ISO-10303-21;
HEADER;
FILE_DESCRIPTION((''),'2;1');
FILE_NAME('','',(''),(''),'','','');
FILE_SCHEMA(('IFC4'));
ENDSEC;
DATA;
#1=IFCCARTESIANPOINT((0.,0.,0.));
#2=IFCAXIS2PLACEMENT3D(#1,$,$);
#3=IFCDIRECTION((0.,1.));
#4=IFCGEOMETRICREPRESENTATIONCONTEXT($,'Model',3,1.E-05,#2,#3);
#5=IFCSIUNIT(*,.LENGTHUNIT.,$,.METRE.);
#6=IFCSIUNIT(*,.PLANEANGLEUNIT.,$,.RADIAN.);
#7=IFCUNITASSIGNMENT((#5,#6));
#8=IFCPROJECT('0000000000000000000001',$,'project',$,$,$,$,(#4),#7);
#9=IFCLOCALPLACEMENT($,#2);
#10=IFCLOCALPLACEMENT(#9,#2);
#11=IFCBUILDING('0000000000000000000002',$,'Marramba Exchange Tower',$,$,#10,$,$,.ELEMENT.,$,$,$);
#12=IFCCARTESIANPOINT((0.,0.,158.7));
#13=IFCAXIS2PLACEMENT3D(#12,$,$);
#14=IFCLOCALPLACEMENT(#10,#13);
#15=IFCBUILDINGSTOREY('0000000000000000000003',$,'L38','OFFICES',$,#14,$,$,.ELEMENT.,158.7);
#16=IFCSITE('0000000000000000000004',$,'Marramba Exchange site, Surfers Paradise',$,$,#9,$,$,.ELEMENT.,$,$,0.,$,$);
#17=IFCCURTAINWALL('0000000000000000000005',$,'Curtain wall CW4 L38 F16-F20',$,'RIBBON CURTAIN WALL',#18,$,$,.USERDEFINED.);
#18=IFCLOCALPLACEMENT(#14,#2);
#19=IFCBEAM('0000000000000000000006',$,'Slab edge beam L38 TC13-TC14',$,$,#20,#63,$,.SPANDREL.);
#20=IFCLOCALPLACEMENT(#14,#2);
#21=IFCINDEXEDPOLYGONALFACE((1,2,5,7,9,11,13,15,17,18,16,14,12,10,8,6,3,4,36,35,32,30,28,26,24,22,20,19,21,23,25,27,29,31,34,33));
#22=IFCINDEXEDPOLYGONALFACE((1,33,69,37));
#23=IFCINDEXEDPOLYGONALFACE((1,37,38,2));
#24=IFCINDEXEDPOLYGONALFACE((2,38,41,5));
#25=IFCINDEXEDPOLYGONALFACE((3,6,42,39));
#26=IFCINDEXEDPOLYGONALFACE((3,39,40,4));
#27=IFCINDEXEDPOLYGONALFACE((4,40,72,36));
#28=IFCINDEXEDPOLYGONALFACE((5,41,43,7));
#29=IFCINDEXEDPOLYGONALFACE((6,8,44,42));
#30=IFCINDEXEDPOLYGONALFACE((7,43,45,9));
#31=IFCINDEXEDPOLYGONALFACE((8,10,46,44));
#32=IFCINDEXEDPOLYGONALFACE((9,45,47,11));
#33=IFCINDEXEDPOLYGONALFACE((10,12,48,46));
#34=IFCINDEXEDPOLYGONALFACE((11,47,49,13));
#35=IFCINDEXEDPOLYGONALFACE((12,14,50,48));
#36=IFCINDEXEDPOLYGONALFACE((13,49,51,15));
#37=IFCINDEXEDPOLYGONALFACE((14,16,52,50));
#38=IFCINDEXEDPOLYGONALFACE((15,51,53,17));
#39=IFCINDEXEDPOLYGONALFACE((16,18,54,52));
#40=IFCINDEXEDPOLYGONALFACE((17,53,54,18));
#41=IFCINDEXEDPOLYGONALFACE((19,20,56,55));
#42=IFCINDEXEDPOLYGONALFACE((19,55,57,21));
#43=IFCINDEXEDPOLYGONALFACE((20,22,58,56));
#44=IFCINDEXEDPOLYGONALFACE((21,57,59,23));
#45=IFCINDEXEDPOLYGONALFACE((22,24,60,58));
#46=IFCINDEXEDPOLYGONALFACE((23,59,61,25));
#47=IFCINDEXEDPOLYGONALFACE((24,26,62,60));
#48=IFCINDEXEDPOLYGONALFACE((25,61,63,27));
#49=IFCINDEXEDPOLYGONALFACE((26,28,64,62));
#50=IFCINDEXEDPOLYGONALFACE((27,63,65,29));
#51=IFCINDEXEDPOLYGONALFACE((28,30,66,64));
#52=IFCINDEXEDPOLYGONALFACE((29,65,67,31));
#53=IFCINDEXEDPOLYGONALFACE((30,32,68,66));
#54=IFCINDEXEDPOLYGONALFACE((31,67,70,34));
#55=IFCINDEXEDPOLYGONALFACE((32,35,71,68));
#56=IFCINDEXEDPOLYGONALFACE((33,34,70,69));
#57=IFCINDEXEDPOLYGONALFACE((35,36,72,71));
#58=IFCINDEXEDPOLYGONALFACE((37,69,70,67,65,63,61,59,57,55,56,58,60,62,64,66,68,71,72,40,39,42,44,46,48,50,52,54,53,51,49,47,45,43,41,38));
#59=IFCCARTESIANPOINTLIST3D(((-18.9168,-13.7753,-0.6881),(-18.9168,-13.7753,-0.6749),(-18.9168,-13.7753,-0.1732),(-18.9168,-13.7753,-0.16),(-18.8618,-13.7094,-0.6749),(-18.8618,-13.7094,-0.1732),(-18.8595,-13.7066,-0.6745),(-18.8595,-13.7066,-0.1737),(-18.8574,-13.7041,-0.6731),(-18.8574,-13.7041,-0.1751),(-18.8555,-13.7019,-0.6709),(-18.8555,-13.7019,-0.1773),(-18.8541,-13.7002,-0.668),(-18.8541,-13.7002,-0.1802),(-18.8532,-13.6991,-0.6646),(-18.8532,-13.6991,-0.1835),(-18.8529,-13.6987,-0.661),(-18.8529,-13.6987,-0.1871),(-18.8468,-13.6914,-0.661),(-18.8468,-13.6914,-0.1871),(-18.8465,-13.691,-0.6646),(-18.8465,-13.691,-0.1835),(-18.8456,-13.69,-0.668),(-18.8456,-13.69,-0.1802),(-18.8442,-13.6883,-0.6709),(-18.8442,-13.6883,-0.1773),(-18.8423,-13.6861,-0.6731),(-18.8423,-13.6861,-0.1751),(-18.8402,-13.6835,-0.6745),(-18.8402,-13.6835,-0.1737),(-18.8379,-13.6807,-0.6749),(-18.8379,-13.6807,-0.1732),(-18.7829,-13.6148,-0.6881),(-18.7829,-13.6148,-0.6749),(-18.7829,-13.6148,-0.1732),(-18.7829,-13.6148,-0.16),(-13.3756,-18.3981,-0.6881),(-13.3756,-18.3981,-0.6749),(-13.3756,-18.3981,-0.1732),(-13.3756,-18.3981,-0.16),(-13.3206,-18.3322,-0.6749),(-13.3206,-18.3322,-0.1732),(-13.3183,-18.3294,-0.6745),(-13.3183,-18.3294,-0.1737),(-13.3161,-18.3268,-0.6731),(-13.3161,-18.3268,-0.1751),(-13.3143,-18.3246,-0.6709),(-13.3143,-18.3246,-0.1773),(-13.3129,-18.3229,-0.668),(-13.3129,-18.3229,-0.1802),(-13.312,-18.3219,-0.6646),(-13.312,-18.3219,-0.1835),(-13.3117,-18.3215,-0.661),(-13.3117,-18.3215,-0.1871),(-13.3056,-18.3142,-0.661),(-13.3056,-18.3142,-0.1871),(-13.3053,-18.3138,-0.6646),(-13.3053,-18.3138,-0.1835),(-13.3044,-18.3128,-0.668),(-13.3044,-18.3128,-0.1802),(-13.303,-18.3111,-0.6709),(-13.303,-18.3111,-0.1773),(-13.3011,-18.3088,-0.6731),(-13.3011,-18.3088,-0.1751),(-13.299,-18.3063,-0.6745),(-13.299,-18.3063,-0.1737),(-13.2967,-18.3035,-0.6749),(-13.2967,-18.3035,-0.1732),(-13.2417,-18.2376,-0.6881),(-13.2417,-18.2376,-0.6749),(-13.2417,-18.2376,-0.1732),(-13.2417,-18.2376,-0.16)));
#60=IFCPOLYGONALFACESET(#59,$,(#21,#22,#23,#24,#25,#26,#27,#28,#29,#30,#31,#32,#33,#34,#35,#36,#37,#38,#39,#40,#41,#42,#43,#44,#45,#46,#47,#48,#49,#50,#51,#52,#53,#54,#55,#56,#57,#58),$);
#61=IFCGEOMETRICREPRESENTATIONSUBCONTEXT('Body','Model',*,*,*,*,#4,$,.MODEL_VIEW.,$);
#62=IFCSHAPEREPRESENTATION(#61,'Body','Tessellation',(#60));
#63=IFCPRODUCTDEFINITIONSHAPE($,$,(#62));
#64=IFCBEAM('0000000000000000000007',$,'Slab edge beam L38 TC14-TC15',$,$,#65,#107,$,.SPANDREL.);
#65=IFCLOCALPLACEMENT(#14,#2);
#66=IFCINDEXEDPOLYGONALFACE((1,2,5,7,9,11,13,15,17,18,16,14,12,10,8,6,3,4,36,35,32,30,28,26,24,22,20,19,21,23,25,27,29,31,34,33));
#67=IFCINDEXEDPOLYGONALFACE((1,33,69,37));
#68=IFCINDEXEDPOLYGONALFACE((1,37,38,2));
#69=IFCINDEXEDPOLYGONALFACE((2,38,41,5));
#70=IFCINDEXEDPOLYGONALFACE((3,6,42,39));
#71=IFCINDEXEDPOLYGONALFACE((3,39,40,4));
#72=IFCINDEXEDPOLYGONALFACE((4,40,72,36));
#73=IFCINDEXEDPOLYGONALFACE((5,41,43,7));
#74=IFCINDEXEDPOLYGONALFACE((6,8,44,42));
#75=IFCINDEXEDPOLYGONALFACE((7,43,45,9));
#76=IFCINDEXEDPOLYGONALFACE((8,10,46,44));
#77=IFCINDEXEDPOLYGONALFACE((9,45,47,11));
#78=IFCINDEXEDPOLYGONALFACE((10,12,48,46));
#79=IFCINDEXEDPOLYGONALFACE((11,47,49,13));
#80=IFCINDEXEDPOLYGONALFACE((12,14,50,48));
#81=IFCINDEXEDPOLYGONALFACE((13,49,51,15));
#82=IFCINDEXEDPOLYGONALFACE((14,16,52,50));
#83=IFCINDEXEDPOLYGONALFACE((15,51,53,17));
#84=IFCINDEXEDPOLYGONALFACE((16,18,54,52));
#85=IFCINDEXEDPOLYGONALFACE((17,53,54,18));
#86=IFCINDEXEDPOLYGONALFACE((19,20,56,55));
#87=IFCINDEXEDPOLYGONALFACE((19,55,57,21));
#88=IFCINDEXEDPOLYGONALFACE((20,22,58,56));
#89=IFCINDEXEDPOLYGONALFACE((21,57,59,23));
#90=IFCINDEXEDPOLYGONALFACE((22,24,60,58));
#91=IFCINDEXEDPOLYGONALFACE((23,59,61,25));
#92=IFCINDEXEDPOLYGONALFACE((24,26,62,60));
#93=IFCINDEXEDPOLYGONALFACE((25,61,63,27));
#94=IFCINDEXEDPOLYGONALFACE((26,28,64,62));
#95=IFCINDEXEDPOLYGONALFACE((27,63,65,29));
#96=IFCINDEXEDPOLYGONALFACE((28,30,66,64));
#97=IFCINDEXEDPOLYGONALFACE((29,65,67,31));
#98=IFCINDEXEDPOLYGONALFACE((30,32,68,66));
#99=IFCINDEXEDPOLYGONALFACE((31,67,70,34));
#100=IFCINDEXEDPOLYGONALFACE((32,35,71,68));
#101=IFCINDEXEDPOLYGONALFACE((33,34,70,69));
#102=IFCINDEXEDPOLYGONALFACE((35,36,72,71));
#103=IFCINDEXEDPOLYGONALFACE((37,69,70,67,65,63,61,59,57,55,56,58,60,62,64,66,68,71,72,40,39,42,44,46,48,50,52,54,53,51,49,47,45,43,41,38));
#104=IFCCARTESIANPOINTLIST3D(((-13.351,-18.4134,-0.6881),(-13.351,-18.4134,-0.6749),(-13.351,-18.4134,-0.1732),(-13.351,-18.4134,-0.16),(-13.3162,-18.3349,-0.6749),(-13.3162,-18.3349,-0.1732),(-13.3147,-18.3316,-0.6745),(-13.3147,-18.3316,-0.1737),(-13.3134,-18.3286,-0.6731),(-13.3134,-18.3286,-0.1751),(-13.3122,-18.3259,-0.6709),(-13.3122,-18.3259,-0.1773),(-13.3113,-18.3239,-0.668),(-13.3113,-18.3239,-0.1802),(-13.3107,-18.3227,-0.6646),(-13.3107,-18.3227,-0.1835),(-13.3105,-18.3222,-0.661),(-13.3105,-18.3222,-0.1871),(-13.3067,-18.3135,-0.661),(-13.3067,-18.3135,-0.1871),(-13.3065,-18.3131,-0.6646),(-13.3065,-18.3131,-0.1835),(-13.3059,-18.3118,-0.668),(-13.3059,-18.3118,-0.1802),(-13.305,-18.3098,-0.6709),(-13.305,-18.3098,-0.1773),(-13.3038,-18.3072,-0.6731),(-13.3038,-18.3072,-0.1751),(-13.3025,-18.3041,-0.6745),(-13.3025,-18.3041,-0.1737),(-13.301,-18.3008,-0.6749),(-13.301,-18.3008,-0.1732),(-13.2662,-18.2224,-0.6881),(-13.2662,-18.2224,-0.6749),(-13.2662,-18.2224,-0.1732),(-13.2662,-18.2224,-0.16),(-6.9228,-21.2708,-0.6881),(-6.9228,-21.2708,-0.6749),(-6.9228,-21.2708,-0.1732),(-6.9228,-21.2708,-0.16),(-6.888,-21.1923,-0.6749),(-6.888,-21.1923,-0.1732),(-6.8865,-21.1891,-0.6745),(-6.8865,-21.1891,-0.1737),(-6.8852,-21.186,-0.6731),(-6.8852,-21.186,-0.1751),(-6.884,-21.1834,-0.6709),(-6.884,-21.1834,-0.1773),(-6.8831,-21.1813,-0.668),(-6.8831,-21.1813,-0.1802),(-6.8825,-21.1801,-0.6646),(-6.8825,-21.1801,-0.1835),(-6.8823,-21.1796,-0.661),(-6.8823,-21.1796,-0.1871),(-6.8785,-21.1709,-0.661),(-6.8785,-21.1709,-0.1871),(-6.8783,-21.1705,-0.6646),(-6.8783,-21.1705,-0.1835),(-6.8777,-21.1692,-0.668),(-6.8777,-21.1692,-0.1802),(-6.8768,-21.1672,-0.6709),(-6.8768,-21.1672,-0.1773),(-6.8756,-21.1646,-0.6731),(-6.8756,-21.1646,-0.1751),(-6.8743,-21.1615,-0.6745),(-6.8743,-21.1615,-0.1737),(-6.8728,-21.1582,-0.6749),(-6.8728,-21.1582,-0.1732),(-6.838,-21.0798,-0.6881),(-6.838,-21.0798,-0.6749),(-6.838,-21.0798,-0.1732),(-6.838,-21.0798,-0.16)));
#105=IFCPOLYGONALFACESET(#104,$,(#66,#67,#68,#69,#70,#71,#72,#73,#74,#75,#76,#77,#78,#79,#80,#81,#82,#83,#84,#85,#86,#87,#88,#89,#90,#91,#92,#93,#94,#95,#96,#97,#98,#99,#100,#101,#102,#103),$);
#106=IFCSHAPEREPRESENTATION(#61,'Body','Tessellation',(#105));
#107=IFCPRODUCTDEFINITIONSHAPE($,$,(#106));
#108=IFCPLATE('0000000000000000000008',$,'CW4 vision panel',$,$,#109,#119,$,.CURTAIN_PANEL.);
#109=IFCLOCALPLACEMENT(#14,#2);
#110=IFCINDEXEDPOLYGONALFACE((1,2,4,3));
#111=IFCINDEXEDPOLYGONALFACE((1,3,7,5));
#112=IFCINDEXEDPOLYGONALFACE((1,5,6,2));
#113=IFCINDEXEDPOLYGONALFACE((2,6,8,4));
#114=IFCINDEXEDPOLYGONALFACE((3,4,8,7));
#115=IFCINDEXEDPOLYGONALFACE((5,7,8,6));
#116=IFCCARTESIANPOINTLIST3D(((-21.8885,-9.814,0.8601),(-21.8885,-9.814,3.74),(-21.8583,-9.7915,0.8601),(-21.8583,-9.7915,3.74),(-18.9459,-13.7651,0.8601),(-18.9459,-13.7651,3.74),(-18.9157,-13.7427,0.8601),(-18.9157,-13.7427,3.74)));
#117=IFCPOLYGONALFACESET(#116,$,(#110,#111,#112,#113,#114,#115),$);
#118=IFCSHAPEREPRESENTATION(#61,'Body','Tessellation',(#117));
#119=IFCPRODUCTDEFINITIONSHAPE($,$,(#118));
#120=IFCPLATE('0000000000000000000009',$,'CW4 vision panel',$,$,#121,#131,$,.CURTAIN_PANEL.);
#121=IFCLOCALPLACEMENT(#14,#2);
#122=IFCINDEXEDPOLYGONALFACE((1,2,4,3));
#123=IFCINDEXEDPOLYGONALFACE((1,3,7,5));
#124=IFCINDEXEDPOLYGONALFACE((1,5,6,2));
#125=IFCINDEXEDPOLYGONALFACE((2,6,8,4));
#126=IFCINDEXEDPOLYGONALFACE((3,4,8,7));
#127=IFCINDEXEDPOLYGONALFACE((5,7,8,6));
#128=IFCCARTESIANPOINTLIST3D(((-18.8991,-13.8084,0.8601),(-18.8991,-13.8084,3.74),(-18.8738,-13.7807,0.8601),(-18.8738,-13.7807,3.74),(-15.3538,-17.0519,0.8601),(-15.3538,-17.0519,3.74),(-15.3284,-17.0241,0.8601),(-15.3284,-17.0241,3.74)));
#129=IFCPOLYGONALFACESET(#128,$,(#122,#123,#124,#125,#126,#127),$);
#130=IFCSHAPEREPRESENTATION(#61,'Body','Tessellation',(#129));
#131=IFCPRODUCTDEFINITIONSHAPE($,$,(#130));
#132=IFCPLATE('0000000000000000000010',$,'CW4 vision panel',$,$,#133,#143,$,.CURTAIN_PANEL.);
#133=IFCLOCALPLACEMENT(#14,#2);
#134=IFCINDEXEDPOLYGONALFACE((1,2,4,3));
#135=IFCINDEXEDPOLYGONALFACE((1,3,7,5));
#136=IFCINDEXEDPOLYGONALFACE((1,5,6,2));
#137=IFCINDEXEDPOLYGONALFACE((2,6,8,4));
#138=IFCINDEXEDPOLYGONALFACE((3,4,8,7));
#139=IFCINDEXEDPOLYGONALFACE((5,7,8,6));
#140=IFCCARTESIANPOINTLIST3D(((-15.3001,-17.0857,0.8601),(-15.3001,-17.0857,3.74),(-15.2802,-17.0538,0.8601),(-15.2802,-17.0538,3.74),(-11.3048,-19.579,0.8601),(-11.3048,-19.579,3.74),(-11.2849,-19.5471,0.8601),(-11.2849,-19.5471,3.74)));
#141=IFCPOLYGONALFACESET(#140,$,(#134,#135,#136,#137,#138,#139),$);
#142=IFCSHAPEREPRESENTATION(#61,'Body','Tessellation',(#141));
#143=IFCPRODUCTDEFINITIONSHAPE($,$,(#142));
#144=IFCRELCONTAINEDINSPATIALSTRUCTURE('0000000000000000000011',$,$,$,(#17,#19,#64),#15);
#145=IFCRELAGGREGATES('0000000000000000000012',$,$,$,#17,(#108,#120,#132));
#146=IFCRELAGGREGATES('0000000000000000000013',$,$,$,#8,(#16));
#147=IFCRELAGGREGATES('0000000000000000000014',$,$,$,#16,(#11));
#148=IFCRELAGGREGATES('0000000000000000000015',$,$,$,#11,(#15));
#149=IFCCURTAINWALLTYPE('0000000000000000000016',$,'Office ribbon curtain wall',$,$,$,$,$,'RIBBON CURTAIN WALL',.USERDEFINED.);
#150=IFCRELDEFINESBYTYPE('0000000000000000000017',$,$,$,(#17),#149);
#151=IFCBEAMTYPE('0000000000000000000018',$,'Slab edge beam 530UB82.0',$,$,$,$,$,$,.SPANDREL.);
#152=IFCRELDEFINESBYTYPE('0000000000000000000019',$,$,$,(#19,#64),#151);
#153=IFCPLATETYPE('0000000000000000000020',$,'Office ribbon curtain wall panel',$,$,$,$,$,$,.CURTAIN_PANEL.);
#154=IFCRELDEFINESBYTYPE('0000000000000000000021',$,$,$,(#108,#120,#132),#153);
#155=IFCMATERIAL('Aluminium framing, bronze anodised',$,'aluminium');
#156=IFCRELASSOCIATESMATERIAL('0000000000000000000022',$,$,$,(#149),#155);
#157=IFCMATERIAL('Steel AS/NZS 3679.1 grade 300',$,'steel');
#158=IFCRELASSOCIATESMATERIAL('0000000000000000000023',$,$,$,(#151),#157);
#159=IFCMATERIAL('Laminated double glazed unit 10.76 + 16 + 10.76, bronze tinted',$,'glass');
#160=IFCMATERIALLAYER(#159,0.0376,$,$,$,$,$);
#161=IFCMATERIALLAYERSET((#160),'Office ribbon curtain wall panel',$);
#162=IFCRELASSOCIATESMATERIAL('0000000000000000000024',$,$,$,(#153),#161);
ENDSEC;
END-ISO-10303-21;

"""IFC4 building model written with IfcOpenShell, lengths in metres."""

from ifc_helpers import new_model, si_unit, direction, frame, origin, origin_2d, place, context, subcontext, project, spatial, rectangle, i_section, extrude, material, layer, layer_set, material_profile, profile_set, type_object, element, aggregate, save


model = new_model("IFC4")

# Units and contexts
model_context = context("Model", 3, precision=1e-05, world=origin(), true_north=direction((0.0, 1.0)))
body_context = subcontext(model_context, "Body", "Model", "MODEL_VIEW")
ifc_project = project(units=[si_unit("LENGTHUNIT", "METRE"), si_unit("PLANEANGLEUNIT", "RADIAN")], contexts=[model_context])

# Site, building, storey
site_placement = place(None, origin())
site = spatial("IfcSite", under=ifc_project, at=site_placement, Name="Marramba Exchange site, Surfers Paradise", CompositionType="ELEMENT", RefElevation=0.0)
building_placement = place(site_placement, origin())
building = spatial("IfcBuilding", under=site, at=building_placement, Name="Marramba Exchange Tower", CompositionType="ELEMENT")
storey_placement = place(building_placement, frame((0.0, 0.0, 158.7)))
storey = spatial("IfcBuildingStorey", under=building, at=storey_placement, Name="L38", Description="OFFICES", CompositionType="ELEMENT", Elevation=158.7)

# Curtain wall
ifc_material_1 = material(Name="Aluminium framing, bronze anodised", Category="aluminium")
curtain_wall_type = type_object("IfcCurtainWallType", Name="Office ribbon curtain wall", ElementType="RIBBON CURTAIN WALL", PredefinedType="USERDEFINED", material=ifc_material_1)
curtain_wall_placement = place(storey_placement, origin())
curtain_wall = element("IfcCurtainWall", 1, at=curtain_wall_placement, inside=storey, type_object=curtain_wall_type, Name="Curtain wall CW4 L38 F16-F20", ObjectType="RIBBON CURTAIN WALL", PredefinedType="USERDEFINED")

# Beams
ifc_material_2 = material(Name="Steel AS/NZS 3679.1 grade 300", Category="steel")
ifc_material_profile_1 = material_profile(ifc_material_2, i_section(OverallWidth=0.209, OverallDepth=0.5281, WebThickness=0.0095, FlangeThickness=0.0132, FilletRadius=0.0139, at=origin_2d()), Name="530UB82.0")
ifc_profile_set_1 = profile_set([ifc_material_profile_1], Name="Steel AS/NZS 3679.1 grade 300")
beam_type_1 = type_object("IfcBeamType", Name="Slab edge beam 530UB82.0", PredefinedType="SPANDREL", material=ifc_profile_set_1)
beam_1_placement = place(storey_placement, frame((-18.8499, -13.6951, -0.4241), z_axis=(0.767875, -0.6406, 0.0), x_axis=(0.6406, 0.767875, 0.0)))
element("IfcBeam", 2, at=beam_1_placement, inside=storey, type_object=beam_type_1, Name="Slab edge beam L38 TC13-TC14", PredefinedType="SPANDREL", context=body_context, shape_type="SweptSolid", body=[
    extrude(i_section(OverallWidth=0.209, OverallDepth=0.5281, WebThickness=0.0095, FlangeThickness=0.0132, FilletRadius=0.0139, at=origin_2d()), origin(), (0.0, 0.0, 1.0), 7.2163),
])
beam_2_placement = place(storey_placement, frame((-13.3086, -18.3179, -0.4241), z_axis=(0.913789, -0.40619, 0.0), x_axis=(0.40619, 0.913789, 0.0)))
element("IfcBeam", 3, at=beam_2_placement, inside=storey, type_object=beam_type_1, Name="Slab edge beam L38 TC14-TC15", PredefinedType="SPANDREL", context=body_context, shape_type="SweptSolid", body=[
    extrude(i_section(OverallWidth=0.209, OverallDepth=0.5281, WebThickness=0.0095, FlangeThickness=0.0132, FilletRadius=0.0139, at=origin_2d()), origin(), (0.0, 0.0, 1.0), 7.0347),
])

# Plates
ifc_material_3 = material(Name="Laminated double glazed unit 10.76 + 16 + 10.76, bronze tinted", Category="glass")
ifc_layer_1 = layer(ifc_material_3, 0.0376)
ifc_layer_set_1 = layer_set([ifc_layer_1], Name="Office ribbon curtain wall panel")
plate_type = type_object("IfcPlateType", Name="Office ribbon curtain wall panel", PredefinedType="CURTAIN_PANEL", material=ifc_layer_set_1)
plate_1_placement = place(storey_placement, frame((-20.4021, -11.7783, 0.8601), z_axis=(0.0, 0.0, 1.0), x_axis=(0.597305, -0.802014, 0.0)))
plate_1 = element("IfcPlate", 4, at=plate_1_placement, type_object=plate_type, Name="CW4 vision panel", PredefinedType="CURTAIN_PANEL", context=body_context, shape_type="SweptSolid", body=[
    extrude(rectangle(XDim=4.9265, YDim=0.0376, at=origin_2d()), origin(), (0.0, 0.0, 1.0), 2.8799),
])
plate_2_placement = place(storey_placement, frame((-17.1138, -15.4163, 0.8601), z_axis=(0.0, 0.0, 1.0), x_axis=(0.737822, -0.674995, 0.0)))
plate_2 = element("IfcPlate", 5, at=plate_2_placement, type_object=plate_type, Name="CW4 vision panel", PredefinedType="CURTAIN_PANEL", context=body_context, shape_type="SweptSolid", body=[
    extrude(rectangle(XDim=4.8052, YDim=0.0376, at=origin_2d()), origin(), (0.0, 0.0, 1.0), 2.8799),
])
plate_3_placement = place(storey_placement, frame((-13.2925, -18.3164, 0.8601), z_axis=(0.0, 0.0, 1.0), x_axis=(0.848355, -0.529428, 0.0)))
plate_3 = element("IfcPlate", 6, at=plate_3_placement, type_object=plate_type, Name="CW4 vision panel", PredefinedType="CURTAIN_PANEL", context=body_context, shape_type="SweptSolid", body=[
    extrude(rectangle(XDim=4.7095, YDim=0.0376, at=origin_2d()), origin(), (0.0, 0.0, 1.0), 2.8799),
])
aggregate(curtain_wall, [plate_1, plate_2, plate_3])

save(model, "model.ifc")
